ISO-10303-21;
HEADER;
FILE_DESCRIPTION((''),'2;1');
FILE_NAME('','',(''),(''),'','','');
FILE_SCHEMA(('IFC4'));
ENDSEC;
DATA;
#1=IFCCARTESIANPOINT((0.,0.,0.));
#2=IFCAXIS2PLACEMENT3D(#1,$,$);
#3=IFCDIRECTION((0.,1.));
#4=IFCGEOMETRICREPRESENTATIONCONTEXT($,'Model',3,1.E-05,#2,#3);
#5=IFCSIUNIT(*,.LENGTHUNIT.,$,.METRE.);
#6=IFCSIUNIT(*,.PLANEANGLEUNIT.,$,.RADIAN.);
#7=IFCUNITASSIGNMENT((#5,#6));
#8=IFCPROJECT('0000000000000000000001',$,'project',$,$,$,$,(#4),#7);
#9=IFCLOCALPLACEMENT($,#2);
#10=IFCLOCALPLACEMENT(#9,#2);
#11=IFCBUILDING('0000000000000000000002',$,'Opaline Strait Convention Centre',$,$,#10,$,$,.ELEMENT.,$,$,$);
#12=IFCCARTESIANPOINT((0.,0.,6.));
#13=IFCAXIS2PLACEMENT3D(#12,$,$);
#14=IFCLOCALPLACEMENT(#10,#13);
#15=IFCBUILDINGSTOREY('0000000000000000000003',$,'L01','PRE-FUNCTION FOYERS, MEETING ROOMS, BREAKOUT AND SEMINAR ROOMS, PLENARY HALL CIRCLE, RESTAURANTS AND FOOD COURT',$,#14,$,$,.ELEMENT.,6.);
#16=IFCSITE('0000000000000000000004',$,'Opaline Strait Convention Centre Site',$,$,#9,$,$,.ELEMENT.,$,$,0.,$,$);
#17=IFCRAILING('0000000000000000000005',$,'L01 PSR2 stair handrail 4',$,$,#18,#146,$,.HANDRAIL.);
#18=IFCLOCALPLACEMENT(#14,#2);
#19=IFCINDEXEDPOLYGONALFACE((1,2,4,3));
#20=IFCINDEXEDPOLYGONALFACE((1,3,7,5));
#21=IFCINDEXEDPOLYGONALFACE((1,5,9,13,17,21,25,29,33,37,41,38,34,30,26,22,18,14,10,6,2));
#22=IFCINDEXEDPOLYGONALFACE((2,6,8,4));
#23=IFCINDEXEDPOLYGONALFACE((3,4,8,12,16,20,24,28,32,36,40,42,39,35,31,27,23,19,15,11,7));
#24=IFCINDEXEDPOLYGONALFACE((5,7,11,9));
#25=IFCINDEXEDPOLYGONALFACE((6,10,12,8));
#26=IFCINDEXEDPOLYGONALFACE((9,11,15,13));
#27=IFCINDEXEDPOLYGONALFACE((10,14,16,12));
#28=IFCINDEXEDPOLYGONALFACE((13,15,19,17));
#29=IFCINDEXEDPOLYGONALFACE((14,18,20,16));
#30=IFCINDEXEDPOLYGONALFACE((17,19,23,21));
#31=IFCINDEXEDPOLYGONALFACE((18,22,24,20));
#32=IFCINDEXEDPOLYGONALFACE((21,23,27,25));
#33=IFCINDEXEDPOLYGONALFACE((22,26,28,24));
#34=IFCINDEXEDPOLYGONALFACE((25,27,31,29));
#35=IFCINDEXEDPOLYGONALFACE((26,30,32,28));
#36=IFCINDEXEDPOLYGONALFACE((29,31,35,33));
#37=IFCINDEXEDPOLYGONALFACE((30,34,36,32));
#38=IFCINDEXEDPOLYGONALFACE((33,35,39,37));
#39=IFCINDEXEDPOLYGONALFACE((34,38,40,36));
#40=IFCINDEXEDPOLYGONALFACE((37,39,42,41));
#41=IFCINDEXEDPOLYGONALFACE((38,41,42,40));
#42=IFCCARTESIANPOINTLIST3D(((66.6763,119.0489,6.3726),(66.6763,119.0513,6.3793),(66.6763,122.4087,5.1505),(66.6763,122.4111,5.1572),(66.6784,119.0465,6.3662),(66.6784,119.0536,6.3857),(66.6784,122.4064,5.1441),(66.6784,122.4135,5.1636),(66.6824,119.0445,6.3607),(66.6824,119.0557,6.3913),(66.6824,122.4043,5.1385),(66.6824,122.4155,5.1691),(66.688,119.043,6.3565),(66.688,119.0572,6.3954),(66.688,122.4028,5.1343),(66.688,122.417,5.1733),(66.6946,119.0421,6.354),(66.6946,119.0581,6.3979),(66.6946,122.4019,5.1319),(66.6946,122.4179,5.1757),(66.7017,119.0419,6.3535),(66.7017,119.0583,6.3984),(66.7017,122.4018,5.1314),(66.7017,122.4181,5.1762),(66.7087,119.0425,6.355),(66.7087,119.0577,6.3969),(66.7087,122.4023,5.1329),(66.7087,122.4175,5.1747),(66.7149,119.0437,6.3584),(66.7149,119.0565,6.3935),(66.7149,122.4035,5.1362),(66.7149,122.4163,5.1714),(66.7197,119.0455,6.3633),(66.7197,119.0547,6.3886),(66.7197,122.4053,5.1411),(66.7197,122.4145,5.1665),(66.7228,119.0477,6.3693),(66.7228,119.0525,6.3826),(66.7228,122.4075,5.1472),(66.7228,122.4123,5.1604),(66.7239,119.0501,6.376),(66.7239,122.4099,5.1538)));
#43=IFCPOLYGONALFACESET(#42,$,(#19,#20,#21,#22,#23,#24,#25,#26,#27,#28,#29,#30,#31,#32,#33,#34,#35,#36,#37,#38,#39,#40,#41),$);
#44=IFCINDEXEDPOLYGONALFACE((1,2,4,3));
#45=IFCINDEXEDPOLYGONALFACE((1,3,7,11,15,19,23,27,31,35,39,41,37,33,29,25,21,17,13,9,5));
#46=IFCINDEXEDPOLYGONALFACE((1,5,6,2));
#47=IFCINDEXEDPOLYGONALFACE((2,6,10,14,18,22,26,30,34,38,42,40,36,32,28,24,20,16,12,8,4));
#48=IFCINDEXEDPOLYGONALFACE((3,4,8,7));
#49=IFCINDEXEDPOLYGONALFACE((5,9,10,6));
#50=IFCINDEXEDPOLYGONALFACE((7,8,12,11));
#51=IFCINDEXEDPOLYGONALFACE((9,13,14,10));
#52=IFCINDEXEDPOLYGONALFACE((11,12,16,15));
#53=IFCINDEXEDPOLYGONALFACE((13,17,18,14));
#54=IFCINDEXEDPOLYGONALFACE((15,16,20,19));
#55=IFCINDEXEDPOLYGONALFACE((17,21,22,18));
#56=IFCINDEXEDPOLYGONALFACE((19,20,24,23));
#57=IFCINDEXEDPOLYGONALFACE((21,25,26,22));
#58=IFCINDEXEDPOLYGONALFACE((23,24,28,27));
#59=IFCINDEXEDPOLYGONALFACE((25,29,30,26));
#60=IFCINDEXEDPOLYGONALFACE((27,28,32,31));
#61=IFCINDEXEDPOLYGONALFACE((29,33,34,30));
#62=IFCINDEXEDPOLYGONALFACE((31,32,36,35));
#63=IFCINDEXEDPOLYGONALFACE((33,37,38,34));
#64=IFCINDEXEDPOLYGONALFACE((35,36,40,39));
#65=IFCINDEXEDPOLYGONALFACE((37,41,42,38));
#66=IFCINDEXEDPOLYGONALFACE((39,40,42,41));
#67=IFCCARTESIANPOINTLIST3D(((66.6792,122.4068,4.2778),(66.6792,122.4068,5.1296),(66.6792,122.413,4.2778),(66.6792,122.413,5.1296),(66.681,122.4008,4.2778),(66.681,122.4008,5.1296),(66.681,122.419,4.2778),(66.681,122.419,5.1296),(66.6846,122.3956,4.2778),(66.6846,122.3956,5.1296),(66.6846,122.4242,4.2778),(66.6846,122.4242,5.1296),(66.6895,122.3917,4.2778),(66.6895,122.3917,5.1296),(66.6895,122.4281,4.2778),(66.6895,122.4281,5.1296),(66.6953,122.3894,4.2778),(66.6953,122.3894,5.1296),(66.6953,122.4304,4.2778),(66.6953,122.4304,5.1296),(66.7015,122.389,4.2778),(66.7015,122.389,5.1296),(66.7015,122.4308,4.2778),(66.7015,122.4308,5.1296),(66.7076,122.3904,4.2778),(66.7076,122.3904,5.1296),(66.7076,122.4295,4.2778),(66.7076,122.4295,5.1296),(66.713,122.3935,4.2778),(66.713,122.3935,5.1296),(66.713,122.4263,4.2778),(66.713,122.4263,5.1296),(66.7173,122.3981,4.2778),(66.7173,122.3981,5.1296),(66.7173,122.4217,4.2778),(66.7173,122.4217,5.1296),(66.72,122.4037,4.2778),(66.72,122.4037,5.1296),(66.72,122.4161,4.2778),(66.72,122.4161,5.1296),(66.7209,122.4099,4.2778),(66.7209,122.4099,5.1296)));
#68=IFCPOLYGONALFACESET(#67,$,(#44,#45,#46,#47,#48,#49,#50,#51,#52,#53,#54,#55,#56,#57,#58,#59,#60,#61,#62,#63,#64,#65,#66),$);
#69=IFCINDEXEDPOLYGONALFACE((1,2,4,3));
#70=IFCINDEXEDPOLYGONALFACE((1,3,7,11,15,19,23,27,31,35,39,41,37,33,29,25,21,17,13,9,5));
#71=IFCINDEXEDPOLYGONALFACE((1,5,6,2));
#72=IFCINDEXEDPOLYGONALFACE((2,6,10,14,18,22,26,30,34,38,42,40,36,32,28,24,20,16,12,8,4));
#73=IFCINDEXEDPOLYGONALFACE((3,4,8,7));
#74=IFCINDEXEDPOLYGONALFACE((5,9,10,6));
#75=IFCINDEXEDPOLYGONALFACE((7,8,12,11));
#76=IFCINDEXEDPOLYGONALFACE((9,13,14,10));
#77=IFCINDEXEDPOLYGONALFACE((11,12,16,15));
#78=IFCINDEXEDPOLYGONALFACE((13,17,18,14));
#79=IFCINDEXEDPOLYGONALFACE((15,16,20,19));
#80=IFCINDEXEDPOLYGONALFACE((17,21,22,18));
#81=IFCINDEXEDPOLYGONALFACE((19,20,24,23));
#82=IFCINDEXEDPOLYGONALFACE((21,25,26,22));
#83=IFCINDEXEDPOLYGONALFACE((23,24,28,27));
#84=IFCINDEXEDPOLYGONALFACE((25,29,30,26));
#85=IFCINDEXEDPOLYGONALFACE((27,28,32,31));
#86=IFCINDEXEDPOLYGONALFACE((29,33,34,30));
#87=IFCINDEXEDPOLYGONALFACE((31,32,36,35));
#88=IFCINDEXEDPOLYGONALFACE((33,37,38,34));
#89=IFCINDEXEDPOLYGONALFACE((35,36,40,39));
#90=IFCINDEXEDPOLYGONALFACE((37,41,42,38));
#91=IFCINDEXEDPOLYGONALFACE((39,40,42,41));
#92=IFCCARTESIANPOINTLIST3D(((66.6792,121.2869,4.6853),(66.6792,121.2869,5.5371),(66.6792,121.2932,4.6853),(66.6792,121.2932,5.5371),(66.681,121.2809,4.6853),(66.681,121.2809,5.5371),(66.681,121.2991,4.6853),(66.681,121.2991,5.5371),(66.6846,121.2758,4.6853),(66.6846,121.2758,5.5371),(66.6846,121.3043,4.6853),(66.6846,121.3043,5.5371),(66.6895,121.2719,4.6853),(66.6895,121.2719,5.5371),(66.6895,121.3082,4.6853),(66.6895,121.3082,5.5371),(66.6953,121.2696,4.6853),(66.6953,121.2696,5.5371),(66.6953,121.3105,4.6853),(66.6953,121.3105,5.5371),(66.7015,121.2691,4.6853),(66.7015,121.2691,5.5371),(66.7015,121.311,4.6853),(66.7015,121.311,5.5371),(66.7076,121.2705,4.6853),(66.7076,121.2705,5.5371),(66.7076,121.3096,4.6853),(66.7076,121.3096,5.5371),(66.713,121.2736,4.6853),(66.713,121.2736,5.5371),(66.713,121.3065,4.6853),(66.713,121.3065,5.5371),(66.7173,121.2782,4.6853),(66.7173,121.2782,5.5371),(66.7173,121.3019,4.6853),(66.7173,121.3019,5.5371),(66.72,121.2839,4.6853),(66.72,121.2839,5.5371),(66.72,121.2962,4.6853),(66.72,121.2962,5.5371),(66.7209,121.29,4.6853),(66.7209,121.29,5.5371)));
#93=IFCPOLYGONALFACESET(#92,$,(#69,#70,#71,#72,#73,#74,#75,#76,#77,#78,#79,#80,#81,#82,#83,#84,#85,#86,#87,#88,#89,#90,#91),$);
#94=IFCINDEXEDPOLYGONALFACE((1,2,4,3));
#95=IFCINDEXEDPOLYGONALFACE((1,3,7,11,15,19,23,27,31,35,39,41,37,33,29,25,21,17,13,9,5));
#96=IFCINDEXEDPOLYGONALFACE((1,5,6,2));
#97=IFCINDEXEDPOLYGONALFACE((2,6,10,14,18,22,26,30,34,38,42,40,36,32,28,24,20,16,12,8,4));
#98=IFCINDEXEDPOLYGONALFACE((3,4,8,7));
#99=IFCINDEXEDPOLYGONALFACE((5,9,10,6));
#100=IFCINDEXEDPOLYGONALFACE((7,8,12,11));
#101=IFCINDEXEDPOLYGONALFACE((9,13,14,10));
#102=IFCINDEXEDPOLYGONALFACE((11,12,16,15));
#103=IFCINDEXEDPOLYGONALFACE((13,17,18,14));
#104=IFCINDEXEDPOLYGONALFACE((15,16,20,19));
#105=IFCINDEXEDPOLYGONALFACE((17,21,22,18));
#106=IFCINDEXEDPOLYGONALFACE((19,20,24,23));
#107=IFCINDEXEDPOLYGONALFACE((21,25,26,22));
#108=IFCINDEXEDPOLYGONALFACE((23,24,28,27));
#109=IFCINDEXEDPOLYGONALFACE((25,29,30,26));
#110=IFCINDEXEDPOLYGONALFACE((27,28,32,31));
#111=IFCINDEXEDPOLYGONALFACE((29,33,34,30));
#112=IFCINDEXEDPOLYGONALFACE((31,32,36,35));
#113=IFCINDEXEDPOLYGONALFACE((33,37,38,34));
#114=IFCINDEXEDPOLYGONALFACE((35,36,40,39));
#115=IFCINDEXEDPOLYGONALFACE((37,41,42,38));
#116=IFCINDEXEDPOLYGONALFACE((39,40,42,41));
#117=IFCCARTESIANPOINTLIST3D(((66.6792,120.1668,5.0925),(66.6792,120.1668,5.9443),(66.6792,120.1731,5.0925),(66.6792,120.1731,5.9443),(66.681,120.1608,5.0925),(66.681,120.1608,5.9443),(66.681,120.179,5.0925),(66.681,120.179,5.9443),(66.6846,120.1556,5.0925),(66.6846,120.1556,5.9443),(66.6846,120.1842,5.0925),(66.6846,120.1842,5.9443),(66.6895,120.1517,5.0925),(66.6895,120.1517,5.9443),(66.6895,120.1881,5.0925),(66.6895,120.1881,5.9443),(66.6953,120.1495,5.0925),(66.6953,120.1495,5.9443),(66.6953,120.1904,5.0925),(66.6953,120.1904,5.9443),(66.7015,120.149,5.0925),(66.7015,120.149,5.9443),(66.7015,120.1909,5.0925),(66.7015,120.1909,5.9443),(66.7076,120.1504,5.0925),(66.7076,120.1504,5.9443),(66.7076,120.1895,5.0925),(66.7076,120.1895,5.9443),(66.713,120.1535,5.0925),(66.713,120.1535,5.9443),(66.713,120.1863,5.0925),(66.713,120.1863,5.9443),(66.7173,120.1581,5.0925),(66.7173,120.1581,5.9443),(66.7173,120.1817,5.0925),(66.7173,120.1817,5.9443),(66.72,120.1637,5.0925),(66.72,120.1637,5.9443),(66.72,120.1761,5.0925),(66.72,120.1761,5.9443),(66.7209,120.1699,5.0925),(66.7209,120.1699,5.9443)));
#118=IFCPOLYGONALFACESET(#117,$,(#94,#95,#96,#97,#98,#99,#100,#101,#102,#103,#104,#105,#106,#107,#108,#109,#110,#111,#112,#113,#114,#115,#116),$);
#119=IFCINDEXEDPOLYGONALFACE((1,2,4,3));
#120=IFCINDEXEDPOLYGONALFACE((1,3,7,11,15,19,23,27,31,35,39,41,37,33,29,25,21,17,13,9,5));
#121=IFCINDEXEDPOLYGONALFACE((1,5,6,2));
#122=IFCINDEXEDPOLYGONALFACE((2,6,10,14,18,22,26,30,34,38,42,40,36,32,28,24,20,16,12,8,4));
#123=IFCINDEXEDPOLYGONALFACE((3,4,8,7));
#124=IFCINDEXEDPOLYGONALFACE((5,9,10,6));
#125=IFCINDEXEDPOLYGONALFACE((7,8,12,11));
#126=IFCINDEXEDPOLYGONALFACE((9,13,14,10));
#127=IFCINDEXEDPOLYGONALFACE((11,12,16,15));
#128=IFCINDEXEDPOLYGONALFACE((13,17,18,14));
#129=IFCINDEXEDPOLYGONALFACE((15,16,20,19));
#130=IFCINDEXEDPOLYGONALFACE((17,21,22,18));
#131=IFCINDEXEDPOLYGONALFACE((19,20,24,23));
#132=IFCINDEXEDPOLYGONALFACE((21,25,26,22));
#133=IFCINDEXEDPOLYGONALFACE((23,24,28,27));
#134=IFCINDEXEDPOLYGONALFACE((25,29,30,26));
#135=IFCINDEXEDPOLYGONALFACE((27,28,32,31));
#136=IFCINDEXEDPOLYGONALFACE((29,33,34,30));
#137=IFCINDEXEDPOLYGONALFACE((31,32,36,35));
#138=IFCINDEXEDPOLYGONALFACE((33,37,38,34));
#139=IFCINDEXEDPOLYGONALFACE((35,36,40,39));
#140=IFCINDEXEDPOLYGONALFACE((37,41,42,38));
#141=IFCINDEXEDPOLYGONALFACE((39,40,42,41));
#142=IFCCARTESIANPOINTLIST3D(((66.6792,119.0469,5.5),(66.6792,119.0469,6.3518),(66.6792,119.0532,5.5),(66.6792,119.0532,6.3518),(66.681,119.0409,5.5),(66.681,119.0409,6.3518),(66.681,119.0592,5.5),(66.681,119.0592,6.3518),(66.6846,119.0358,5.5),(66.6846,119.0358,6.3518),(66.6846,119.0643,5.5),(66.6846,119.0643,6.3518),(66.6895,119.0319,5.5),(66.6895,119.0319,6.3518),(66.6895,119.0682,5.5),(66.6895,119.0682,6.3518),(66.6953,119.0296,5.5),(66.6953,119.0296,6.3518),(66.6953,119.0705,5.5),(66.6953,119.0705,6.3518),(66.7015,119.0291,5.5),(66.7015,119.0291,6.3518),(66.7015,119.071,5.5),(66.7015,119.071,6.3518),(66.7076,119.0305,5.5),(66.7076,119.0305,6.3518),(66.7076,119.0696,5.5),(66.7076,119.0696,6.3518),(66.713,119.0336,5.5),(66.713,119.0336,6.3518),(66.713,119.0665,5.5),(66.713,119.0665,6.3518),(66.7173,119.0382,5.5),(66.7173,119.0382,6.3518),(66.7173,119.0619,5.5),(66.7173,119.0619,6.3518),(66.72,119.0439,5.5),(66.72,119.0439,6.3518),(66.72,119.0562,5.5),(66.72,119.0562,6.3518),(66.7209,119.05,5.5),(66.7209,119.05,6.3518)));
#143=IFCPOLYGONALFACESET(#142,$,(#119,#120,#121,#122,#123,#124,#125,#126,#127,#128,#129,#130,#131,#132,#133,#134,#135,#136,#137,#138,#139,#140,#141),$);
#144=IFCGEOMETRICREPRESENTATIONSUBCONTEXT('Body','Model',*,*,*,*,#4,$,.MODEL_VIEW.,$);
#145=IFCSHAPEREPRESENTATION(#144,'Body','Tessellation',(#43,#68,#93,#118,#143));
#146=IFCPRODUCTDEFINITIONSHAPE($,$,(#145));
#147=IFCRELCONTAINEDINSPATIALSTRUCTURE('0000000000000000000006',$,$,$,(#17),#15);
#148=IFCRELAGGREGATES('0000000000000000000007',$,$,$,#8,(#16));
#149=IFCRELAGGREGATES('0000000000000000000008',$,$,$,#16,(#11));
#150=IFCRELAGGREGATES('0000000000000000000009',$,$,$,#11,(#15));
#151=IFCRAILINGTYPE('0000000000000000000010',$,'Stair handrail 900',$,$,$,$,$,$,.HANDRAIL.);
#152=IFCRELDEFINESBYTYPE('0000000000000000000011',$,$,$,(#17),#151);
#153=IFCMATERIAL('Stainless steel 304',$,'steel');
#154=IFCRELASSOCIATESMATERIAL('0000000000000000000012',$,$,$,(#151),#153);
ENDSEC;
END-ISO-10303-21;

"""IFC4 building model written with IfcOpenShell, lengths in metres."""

from ifc_helpers import new_model, si_unit, direction, frame, origin, origin_2d, place, context, subcontext, project, spatial, circle, extrude, material, type_object, element, save


model = new_model("IFC4")

# Units and contexts
model_context = context("Model", 3, precision=1e-05, world=origin(), true_north=direction((0.0, 1.0)))
body_context = subcontext(model_context, "Body", "Model", "MODEL_VIEW")
ifc_project = project(units=[si_unit("LENGTHUNIT", "METRE"), si_unit("PLANEANGLEUNIT", "RADIAN")], contexts=[model_context])

# Site, building, storey
site_placement = place(None, origin())
site = spatial("IfcSite", under=ifc_project, at=site_placement, Name="Opaline Strait Convention Centre Site", CompositionType="ELEMENT", RefElevation=0.0)
building_placement = place(site_placement, origin())
building = spatial("IfcBuilding", under=site, at=building_placement, Name="Opaline Strait Convention Centre", CompositionType="ELEMENT")
storey_placement = place(building_placement, frame((0.0, 0.0, 6.0)))
storey = spatial("IfcBuildingStorey", under=building, at=storey_placement, Name="L01", Description="PRE-FUNCTION FOYERS, MEETING ROOMS, BREAKOUT AND SEMINAR ROOMS, PLENARY HALL CIRCLE, RESTAURANTS AND FOOD COURT", CompositionType="ELEMENT", Elevation=6.0)

# Railing
ifc_material_1 = material(Name="Stainless steel 304", Category="steel")
railing_type_1 = type_object("IfcRailingType", Name="Stair handrail 900", PredefinedType="HANDRAIL", material=ifc_material_1)
for number, where, name in (
    (1, (66.7, 122.4099, 4.2778), "L01 PSR2 stair handrail 4"),
):
    element("IfcRailing", number, at=place(storey_placement, frame(where)), inside=storey, type_object=railing_type_1, Name=name, PredefinedType="HANDRAIL", context=body_context, shape_type="SweptSolid", body=[
        extrude(circle(Radius=0.0239, at=origin_2d()), frame((0.0, 0.0, 0.876), z_axis=(0.0, -0.939758, 0.341842), x_axis=(1.0, 0.0, 0.0)), (0.0, 0.0, 1.0), 3.5752),
        extrude(circle(Radius=0.021, at=origin_2d()), origin(), (0.0, 0.0, 1.0), 0.8518),
        extrude(circle(Radius=0.021, at=origin_2d()), frame((0.0, -1.1199, 0.4075)), (0.0, 0.0, 1.0), 0.8518),
        extrude(circle(Radius=0.021, at=origin_2d()), frame((0.0, -2.24, 0.8147)), (0.0, 0.0, 1.0), 0.8518),
        extrude(circle(Radius=0.021, at=origin_2d()), frame((0.0, -3.3599, 1.2222)), (0.0, 0.0, 1.0), 0.8518),
    ])

save(model, "model.ifc")
